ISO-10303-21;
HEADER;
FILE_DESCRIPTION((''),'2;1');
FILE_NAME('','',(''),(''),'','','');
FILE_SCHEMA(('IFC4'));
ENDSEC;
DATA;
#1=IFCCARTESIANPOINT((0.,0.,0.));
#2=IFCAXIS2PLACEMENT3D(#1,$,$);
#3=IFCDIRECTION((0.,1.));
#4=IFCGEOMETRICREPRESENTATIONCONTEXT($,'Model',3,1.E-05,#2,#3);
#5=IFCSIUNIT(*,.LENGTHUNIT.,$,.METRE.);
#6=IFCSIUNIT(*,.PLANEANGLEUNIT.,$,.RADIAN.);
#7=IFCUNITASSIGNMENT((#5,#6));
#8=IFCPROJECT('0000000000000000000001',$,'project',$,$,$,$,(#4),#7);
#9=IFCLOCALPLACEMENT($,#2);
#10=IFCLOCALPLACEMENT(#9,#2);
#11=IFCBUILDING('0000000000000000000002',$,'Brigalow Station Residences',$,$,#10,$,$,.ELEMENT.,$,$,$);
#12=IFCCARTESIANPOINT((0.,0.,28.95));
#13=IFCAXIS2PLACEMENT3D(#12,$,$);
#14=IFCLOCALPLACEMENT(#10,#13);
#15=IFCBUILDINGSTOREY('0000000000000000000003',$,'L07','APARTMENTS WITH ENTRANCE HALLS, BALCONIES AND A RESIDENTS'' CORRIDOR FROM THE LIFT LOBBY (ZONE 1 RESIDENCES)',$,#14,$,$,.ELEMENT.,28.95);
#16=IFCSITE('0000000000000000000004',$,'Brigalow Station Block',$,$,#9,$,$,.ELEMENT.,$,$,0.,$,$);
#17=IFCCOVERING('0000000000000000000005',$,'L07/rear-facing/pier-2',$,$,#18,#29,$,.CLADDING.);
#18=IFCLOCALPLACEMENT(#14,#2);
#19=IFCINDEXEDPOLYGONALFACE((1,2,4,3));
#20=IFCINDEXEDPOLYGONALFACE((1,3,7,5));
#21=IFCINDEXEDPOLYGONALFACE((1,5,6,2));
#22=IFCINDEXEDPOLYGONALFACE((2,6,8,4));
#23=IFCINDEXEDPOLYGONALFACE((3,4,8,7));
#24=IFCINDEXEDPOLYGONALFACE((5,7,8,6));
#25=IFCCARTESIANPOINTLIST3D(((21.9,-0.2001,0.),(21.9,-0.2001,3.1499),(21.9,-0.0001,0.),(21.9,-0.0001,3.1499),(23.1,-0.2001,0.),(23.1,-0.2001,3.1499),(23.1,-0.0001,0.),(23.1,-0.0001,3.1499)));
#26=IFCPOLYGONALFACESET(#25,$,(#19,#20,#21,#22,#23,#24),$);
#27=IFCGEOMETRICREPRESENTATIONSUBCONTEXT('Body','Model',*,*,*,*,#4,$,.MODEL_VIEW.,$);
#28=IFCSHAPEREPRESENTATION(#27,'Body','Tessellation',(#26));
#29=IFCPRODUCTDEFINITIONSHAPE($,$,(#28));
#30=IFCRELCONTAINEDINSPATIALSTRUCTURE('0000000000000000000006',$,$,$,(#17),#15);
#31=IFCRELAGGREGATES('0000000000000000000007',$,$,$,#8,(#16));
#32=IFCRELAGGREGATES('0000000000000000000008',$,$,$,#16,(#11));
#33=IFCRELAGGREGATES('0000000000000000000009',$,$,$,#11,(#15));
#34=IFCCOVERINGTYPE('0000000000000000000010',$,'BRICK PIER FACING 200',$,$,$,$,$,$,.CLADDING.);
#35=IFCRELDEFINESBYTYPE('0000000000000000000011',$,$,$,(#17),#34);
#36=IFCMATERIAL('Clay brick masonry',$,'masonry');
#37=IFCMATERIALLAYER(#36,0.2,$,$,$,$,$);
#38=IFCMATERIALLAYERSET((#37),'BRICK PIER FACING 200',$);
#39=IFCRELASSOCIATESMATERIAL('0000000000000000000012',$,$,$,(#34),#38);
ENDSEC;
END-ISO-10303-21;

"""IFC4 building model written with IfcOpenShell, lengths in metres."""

from ifc_helpers import new_model, si_unit, direction, frame, origin, origin_2d, place, context, subcontext, project, spatial, rectangle, extrude, material, layer, layer_set, type_object, element, save


model = new_model("IFC4")

# Units and contexts
model_context = context("Model", 3, precision=1e-05, world=origin(), true_north=direction((0.0, 1.0)))
body_context = subcontext(model_context, "Body", "Model", "MODEL_VIEW")
ifc_project = project(units=[si_unit("LENGTHUNIT", "METRE"), si_unit("PLANEANGLEUNIT", "RADIAN")], contexts=[model_context])

# Site, building, storey
site_placement = place(None, origin())
site = spatial("IfcSite", under=ifc_project, at=site_placement, Name="Brigalow Station Block", CompositionType="ELEMENT", RefElevation=0.0)
building_placement = place(site_placement, origin())
building = spatial("IfcBuilding", under=site, at=building_placement, Name="Brigalow Station Residences", CompositionType="ELEMENT")
storey_placement = place(building_placement, frame((0.0, 0.0, 28.95)))
storey = spatial("IfcBuildingStorey", under=building, at=storey_placement, Name="L07", Description="APARTMENTS WITH ENTRANCE HALLS, BALCONIES AND A RESIDENTS' CORRIDOR FROM THE LIFT LOBBY (ZONE 1 RESIDENCES)", CompositionType="ELEMENT", Elevation=28.95)

# Covering
ifc_material_1 = material(Name="Clay brick masonry", Category="masonry")
ifc_layer_1 = layer(ifc_material_1, 0.2)
ifc_layer_set_1 = layer_set([ifc_layer_1], Name="BRICK PIER FACING 200")
covering_type_1 = type_object("IfcCoveringType", Name="BRICK PIER FACING 200", PredefinedType="CLADDING", material=ifc_layer_set_1)
covering_1_placement = place(storey_placement, frame((22.5, -0.1001, 0.0), z_axis=(0.0, 0.0, 1.0), x_axis=(1.0, 0.0, 0.0)))
element("IfcCovering", 1, at=covering_1_placement, inside=storey, type_object=covering_type_1, Name="L07/rear-facing/pier-2", PredefinedType="CLADDING", context=body_context, shape_type="SweptSolid", body=[
    extrude(rectangle(XDim=1.2, YDim=0.2, at=origin_2d()), origin(), (0.0, 0.0, 1.0), 3.1499),
])

save(model, "model.ifc")
